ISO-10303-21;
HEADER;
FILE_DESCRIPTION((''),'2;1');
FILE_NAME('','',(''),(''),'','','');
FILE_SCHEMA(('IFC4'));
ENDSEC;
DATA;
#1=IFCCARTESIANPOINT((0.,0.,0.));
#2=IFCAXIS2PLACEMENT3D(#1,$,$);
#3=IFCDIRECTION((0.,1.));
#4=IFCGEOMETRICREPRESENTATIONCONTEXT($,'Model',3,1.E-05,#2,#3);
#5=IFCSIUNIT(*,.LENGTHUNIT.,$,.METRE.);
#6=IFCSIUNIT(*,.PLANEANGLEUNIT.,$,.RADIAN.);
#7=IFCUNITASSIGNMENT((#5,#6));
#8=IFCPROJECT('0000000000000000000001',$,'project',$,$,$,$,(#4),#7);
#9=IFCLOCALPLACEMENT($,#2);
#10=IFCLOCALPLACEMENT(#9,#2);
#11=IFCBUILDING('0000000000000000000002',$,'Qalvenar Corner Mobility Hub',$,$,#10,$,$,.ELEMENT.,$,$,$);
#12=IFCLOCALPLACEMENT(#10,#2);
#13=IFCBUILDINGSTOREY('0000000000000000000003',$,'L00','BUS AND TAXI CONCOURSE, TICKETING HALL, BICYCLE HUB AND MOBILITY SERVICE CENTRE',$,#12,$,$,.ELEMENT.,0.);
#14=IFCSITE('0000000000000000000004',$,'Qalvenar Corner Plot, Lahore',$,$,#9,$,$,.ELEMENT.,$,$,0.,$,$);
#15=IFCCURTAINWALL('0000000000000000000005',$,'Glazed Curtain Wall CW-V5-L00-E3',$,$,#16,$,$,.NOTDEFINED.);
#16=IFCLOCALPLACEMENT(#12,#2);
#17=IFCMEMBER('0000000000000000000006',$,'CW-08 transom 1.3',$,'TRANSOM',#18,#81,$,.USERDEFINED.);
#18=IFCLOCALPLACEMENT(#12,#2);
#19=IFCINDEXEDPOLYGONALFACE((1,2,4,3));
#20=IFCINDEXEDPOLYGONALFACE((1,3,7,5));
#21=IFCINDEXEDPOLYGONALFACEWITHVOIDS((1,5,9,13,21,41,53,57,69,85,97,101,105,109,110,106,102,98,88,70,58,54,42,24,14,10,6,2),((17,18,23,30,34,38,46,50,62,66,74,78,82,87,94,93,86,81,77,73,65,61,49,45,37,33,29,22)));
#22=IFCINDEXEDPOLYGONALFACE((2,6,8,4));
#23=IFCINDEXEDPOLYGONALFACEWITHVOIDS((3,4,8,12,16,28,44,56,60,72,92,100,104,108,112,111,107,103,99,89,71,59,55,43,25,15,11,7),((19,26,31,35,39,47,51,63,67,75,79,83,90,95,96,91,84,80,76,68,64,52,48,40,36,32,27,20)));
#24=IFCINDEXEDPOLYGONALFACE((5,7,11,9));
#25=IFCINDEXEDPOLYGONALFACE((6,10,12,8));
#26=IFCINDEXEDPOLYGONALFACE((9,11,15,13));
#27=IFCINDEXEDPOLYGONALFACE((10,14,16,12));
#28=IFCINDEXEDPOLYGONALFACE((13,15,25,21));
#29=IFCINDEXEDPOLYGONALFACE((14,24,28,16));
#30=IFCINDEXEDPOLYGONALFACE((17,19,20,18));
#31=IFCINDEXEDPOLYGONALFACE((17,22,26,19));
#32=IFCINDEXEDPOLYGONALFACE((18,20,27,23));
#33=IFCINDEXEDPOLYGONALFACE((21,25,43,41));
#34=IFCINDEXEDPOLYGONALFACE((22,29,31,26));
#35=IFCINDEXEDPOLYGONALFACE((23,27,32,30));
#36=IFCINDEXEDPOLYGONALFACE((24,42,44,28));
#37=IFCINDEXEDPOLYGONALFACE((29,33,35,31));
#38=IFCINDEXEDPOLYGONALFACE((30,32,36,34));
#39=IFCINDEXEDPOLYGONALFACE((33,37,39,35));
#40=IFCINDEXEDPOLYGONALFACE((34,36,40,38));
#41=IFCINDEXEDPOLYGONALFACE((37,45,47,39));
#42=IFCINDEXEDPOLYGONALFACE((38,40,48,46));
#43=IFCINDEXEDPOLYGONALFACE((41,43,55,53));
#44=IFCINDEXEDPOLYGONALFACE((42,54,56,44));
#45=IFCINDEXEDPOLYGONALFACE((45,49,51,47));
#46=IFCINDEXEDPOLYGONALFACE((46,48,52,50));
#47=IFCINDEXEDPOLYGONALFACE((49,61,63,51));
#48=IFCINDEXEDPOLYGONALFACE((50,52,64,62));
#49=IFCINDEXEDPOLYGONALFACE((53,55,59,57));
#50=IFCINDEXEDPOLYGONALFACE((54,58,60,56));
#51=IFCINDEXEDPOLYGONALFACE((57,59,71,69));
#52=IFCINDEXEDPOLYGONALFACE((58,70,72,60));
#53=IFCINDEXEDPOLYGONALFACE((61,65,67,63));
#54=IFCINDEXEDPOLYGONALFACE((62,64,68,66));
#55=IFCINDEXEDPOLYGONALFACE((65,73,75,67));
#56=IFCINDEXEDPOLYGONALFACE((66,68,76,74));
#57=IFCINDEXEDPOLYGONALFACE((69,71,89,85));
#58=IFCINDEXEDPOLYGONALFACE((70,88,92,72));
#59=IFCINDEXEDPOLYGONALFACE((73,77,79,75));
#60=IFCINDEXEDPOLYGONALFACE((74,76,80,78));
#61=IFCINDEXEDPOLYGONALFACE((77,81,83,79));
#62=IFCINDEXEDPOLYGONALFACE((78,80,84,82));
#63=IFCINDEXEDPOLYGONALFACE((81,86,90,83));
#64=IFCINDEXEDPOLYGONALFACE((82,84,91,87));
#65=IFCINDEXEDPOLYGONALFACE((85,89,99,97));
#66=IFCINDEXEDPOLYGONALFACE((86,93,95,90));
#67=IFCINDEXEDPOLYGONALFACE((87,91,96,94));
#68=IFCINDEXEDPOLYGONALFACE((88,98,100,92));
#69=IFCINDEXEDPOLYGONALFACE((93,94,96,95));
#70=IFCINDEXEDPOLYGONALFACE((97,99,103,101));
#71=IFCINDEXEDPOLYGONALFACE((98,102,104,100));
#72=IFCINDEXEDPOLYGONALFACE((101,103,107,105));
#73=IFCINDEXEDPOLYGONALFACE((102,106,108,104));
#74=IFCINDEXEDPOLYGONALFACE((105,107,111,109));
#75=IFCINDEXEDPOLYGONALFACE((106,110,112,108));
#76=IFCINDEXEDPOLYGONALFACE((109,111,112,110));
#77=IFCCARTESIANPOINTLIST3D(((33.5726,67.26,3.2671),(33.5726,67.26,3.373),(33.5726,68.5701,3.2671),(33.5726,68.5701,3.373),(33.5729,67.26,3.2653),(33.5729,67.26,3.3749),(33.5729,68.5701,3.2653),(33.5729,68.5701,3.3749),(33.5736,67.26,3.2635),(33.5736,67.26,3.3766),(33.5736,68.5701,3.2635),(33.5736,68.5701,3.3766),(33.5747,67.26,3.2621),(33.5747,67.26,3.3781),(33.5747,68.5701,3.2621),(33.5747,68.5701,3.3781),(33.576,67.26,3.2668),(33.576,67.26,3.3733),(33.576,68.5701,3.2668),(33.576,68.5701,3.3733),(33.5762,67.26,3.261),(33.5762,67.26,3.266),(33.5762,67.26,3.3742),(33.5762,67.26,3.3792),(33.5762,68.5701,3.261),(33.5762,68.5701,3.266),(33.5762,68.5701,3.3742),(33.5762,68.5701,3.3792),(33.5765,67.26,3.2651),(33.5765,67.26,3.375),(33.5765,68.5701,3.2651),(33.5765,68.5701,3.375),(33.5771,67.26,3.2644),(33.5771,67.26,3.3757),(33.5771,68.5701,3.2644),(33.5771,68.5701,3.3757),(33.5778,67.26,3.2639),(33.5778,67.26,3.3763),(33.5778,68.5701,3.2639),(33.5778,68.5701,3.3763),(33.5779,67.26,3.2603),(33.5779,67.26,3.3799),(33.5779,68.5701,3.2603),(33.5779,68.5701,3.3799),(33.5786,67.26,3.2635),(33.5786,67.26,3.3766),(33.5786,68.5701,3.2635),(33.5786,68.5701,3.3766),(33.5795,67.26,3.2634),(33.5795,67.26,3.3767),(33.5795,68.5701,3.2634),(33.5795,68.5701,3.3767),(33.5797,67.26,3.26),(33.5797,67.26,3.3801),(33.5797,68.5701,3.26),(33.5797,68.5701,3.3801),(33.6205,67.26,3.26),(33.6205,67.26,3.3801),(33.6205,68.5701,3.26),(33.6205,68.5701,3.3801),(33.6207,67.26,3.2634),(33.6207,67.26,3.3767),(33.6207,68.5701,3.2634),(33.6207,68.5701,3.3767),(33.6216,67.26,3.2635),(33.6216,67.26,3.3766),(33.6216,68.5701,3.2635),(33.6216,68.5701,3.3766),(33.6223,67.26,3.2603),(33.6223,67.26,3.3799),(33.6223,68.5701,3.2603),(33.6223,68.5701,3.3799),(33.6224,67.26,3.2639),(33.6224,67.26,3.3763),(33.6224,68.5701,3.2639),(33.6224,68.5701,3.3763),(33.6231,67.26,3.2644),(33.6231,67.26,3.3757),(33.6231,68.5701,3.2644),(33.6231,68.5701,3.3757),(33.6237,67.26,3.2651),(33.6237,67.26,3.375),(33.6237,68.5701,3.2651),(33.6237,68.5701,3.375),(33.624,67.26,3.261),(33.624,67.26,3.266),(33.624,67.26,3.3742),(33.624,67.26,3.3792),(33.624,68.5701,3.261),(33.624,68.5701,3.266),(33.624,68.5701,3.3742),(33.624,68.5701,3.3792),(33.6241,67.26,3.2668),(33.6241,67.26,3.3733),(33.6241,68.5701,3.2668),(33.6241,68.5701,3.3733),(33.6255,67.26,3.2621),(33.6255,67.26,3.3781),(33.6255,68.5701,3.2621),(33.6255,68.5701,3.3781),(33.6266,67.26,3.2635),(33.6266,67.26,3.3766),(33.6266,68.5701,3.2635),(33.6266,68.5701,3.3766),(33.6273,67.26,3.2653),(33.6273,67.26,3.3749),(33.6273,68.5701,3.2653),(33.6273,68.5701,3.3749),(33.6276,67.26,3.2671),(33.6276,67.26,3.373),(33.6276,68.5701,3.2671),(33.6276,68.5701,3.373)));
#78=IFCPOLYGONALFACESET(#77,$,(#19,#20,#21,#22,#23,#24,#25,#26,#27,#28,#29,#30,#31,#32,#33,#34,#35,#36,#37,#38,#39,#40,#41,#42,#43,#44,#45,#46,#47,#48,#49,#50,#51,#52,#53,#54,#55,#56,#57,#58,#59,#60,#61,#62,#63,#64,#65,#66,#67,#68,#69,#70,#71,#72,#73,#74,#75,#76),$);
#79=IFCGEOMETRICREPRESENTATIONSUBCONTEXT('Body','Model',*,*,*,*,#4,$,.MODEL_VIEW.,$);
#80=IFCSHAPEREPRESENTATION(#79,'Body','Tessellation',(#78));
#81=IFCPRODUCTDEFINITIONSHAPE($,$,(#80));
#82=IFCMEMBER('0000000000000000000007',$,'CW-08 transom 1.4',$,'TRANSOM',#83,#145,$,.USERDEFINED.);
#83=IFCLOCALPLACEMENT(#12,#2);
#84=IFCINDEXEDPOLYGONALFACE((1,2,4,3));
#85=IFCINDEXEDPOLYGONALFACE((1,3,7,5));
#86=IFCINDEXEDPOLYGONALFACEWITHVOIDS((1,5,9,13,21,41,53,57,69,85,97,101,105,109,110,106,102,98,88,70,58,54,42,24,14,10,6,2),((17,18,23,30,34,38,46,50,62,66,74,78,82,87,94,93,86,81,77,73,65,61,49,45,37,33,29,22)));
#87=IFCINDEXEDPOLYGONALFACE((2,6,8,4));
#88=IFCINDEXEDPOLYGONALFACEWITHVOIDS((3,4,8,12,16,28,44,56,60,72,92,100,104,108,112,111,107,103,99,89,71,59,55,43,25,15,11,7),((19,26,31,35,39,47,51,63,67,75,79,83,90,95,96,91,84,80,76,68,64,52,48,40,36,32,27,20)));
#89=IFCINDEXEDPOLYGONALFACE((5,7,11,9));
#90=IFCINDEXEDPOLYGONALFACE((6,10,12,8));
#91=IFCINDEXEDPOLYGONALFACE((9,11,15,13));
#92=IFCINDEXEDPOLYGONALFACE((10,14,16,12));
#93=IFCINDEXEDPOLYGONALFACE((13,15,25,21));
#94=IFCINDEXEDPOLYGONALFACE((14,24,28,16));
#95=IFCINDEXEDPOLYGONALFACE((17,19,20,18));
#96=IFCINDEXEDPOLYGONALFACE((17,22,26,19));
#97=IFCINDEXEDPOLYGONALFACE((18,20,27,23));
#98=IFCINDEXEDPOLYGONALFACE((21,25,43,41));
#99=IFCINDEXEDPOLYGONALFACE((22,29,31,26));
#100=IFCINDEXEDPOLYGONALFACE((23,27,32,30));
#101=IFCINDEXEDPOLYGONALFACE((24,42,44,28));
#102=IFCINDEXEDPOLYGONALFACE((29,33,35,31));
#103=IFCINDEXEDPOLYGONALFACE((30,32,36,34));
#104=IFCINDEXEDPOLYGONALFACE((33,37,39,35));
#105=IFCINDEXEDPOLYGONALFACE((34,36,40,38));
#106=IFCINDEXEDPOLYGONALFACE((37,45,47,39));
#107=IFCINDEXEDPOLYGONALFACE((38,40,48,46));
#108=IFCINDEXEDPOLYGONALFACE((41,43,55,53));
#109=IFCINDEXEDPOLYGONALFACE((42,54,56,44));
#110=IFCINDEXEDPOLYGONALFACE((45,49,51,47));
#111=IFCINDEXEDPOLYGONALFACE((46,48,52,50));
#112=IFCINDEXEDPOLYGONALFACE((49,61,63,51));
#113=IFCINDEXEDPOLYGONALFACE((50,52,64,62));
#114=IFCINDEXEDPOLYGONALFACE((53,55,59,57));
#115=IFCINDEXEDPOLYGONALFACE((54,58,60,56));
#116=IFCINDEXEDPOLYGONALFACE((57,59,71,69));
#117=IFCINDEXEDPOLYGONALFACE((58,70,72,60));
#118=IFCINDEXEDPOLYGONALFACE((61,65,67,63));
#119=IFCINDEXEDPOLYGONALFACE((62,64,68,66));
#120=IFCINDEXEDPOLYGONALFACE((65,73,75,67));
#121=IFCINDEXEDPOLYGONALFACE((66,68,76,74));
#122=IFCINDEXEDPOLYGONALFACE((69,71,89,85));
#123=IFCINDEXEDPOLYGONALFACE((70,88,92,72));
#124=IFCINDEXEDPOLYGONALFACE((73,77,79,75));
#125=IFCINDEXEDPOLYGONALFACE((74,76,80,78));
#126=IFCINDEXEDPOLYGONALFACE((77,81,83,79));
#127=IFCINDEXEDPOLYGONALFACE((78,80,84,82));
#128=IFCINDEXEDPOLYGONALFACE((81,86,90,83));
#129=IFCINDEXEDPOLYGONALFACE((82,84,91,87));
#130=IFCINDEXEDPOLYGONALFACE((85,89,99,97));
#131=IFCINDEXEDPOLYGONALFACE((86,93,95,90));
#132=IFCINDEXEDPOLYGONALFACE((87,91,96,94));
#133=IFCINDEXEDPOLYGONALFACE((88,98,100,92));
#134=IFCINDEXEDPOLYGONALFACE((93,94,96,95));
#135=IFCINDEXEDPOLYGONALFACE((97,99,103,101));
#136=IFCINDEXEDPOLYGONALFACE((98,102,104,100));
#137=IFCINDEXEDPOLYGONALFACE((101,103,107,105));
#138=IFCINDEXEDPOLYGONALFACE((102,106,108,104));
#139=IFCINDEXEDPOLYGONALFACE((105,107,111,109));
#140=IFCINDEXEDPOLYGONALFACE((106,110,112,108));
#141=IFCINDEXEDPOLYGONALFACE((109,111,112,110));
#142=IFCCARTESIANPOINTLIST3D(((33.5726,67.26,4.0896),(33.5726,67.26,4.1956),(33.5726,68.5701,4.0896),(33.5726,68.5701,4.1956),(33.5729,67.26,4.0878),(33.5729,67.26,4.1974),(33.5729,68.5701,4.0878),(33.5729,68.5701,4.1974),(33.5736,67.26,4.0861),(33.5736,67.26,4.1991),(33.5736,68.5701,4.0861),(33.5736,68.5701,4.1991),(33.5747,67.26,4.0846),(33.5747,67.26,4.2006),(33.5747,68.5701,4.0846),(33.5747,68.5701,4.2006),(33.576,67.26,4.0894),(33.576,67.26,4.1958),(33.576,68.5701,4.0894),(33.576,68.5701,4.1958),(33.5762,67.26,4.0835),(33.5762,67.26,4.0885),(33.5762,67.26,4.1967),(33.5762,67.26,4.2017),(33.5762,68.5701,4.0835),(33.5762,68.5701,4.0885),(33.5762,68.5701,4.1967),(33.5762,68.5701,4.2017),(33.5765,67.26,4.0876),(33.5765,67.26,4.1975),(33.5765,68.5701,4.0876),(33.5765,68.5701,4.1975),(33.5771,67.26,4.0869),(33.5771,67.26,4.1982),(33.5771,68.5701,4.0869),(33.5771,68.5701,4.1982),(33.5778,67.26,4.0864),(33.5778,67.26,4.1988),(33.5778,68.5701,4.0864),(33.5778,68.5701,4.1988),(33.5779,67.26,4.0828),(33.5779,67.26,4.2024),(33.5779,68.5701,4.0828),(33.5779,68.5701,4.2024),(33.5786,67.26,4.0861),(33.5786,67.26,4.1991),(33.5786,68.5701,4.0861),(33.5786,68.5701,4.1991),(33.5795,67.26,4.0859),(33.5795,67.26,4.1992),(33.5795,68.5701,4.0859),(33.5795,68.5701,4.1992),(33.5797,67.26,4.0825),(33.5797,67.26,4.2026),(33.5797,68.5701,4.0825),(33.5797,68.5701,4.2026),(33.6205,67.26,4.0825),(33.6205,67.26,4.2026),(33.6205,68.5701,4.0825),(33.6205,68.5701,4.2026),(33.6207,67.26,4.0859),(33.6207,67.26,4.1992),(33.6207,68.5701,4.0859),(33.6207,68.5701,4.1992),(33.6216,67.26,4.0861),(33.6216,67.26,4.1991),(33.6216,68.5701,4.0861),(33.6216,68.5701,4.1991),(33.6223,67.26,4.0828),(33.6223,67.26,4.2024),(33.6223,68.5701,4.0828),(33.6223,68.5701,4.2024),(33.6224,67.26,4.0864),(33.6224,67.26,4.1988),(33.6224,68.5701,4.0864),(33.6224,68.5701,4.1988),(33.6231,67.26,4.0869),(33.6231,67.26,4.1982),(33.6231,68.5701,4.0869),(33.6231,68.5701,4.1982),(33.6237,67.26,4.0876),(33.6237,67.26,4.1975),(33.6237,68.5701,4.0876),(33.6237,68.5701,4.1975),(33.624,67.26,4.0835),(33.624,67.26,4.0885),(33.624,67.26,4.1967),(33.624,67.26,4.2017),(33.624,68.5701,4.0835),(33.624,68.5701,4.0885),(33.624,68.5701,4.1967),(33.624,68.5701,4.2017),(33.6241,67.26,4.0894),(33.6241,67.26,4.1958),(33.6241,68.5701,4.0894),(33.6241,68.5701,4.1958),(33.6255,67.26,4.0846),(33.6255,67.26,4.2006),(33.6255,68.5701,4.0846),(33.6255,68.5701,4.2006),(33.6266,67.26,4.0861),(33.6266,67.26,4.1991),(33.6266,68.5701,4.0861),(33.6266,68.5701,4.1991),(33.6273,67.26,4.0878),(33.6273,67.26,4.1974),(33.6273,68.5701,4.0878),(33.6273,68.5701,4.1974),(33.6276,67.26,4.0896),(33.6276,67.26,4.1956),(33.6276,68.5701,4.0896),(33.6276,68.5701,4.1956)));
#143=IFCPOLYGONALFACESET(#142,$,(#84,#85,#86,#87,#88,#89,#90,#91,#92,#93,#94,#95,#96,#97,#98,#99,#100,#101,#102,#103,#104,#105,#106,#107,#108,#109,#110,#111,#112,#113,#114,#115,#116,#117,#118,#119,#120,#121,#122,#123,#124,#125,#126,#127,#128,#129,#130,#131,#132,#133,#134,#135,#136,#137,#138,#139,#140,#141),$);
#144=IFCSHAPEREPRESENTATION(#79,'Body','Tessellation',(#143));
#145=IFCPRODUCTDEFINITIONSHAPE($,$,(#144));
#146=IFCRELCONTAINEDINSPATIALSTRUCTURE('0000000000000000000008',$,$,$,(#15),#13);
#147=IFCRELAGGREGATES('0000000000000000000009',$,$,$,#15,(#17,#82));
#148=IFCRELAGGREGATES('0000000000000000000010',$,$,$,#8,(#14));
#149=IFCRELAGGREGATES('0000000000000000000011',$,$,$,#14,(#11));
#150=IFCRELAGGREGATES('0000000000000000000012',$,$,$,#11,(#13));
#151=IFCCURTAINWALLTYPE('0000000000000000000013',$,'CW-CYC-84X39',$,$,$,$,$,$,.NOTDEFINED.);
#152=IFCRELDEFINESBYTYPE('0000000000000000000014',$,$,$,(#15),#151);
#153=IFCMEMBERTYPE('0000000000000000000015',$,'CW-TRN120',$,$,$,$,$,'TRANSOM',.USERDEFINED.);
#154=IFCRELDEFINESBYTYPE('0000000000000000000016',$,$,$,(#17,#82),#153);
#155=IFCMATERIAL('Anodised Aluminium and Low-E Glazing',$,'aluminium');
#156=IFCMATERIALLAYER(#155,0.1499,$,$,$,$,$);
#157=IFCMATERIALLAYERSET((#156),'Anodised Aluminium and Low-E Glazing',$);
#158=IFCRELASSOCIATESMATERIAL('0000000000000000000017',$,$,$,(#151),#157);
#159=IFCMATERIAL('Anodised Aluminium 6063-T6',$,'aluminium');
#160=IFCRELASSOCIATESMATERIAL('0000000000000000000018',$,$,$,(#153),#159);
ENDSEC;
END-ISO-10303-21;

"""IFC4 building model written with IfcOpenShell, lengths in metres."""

from ifc_helpers import new_model, si_unit, direction, frame, origin, origin_2d, place, context, subcontext, project, spatial, hollow_rectangle, extrude, material, layer, layer_set, material_profile, profile_set, type_object, element, aggregate, save


model = new_model("IFC4")

# Units and contexts
model_context = context("Model", 3, precision=1e-05, world=origin(), true_north=direction((0.0, 1.0)))
body_context = subcontext(model_context, "Body", "Model", "MODEL_VIEW")
ifc_project = project(units=[si_unit("LENGTHUNIT", "METRE"), si_unit("PLANEANGLEUNIT", "RADIAN")], contexts=[model_context])

# Site, building, storey
site_placement = place(None, origin())
site = spatial("IfcSite", under=ifc_project, at=site_placement, Name="Qalvenar Corner Plot, Lahore", CompositionType="ELEMENT", RefElevation=0.0)
building_placement = place(site_placement, origin())
building = spatial("IfcBuilding", under=site, at=building_placement, Name="Qalvenar Corner Mobility Hub", CompositionType="ELEMENT")
storey_placement = place(building_placement, origin())
storey = spatial("IfcBuildingStorey", under=building, at=storey_placement, Name="L00", Description="BUS AND TAXI CONCOURSE, TICKETING HALL, BICYCLE HUB AND MOBILITY SERVICE CENTRE", CompositionType="ELEMENT", Elevation=0.0)

# Curtain wall, members
ifc_material_1 = material(Name="Anodised Aluminium and Low-E Glazing", Category="aluminium")
ifc_layer_1 = layer(ifc_material_1, 0.1499)
ifc_layer_set_1 = layer_set([ifc_layer_1], Name="Anodised Aluminium and Low-E Glazing")
curtain_wall_type = type_object("IfcCurtainWallType", Name="CW-CYC-84X39", PredefinedType="NOTDEFINED", material=ifc_layer_set_1)
curtain_wall_placement = place(storey_placement, origin())
curtain_wall = element("IfcCurtainWall", 1, at=curtain_wall_placement, inside=storey, type_object=curtain_wall_type, Name="Glazed Curtain Wall CW-V5-L00-E3", PredefinedType="NOTDEFINED")
ifc_material_2 = material(Name="Anodised Aluminium 6063-T6", Category="aluminium")
ifc_material_profile_1 = material_profile(ifc_material_2, hollow_rectangle(XDim=0.0549, YDim=0.1201, WallThickness=0.0034, InnerFilletRadius=0.0034, OuterFilletRadius=0.0071, at=origin_2d()), Name="RHS120x55x3.5")
ifc_profile_set_1 = profile_set([ifc_material_profile_1], Name="Anodised Aluminium 6063-T6")
member_type_1 = type_object("IfcMemberType", Name="CW-TRN120", ElementType="TRANSOM", PredefinedType="USERDEFINED", material=ifc_profile_set_1)
member_1_placement = place(storey_placement, frame((33.6001, 67.26, 3.3201), z_axis=(0.0, 1.0, 0.0), x_axis=(-1.0, 0.0, 0.0)))
member_1 = element("IfcMember", 2, at=member_1_placement, type_object=member_type_1, Name="CW-08 transom 1.3", ObjectType="TRANSOM", PredefinedType="USERDEFINED", context=body_context, shape_type="SweptSolid", body=[
    extrude(hollow_rectangle(XDim=0.0549, YDim=0.1201, WallThickness=0.0034, InnerFilletRadius=0.0034, OuterFilletRadius=0.0071, at=origin_2d()), origin(), (0.0, 0.0, 1.0), 1.3101),
])
member_2_placement = place(storey_placement, frame((33.6001, 67.26, 4.1426), z_axis=(0.0, 1.0, 0.0), x_axis=(-1.0, 0.0, 0.0)))
member_2 = element("IfcMember", 3, at=member_2_placement, type_object=member_type_1, Name="CW-08 transom 1.4", ObjectType="TRANSOM", PredefinedType="USERDEFINED", context=body_context, shape_type="SweptSolid", body=[
    extrude(hollow_rectangle(XDim=0.0549, YDim=0.1201, WallThickness=0.0034, InnerFilletRadius=0.0034, OuterFilletRadius=0.0071, at=origin_2d()), origin(), (0.0, 0.0, 1.0), 1.3101),
])
aggregate(curtain_wall, [member_1, member_2])

save(model, "model.ifc")
